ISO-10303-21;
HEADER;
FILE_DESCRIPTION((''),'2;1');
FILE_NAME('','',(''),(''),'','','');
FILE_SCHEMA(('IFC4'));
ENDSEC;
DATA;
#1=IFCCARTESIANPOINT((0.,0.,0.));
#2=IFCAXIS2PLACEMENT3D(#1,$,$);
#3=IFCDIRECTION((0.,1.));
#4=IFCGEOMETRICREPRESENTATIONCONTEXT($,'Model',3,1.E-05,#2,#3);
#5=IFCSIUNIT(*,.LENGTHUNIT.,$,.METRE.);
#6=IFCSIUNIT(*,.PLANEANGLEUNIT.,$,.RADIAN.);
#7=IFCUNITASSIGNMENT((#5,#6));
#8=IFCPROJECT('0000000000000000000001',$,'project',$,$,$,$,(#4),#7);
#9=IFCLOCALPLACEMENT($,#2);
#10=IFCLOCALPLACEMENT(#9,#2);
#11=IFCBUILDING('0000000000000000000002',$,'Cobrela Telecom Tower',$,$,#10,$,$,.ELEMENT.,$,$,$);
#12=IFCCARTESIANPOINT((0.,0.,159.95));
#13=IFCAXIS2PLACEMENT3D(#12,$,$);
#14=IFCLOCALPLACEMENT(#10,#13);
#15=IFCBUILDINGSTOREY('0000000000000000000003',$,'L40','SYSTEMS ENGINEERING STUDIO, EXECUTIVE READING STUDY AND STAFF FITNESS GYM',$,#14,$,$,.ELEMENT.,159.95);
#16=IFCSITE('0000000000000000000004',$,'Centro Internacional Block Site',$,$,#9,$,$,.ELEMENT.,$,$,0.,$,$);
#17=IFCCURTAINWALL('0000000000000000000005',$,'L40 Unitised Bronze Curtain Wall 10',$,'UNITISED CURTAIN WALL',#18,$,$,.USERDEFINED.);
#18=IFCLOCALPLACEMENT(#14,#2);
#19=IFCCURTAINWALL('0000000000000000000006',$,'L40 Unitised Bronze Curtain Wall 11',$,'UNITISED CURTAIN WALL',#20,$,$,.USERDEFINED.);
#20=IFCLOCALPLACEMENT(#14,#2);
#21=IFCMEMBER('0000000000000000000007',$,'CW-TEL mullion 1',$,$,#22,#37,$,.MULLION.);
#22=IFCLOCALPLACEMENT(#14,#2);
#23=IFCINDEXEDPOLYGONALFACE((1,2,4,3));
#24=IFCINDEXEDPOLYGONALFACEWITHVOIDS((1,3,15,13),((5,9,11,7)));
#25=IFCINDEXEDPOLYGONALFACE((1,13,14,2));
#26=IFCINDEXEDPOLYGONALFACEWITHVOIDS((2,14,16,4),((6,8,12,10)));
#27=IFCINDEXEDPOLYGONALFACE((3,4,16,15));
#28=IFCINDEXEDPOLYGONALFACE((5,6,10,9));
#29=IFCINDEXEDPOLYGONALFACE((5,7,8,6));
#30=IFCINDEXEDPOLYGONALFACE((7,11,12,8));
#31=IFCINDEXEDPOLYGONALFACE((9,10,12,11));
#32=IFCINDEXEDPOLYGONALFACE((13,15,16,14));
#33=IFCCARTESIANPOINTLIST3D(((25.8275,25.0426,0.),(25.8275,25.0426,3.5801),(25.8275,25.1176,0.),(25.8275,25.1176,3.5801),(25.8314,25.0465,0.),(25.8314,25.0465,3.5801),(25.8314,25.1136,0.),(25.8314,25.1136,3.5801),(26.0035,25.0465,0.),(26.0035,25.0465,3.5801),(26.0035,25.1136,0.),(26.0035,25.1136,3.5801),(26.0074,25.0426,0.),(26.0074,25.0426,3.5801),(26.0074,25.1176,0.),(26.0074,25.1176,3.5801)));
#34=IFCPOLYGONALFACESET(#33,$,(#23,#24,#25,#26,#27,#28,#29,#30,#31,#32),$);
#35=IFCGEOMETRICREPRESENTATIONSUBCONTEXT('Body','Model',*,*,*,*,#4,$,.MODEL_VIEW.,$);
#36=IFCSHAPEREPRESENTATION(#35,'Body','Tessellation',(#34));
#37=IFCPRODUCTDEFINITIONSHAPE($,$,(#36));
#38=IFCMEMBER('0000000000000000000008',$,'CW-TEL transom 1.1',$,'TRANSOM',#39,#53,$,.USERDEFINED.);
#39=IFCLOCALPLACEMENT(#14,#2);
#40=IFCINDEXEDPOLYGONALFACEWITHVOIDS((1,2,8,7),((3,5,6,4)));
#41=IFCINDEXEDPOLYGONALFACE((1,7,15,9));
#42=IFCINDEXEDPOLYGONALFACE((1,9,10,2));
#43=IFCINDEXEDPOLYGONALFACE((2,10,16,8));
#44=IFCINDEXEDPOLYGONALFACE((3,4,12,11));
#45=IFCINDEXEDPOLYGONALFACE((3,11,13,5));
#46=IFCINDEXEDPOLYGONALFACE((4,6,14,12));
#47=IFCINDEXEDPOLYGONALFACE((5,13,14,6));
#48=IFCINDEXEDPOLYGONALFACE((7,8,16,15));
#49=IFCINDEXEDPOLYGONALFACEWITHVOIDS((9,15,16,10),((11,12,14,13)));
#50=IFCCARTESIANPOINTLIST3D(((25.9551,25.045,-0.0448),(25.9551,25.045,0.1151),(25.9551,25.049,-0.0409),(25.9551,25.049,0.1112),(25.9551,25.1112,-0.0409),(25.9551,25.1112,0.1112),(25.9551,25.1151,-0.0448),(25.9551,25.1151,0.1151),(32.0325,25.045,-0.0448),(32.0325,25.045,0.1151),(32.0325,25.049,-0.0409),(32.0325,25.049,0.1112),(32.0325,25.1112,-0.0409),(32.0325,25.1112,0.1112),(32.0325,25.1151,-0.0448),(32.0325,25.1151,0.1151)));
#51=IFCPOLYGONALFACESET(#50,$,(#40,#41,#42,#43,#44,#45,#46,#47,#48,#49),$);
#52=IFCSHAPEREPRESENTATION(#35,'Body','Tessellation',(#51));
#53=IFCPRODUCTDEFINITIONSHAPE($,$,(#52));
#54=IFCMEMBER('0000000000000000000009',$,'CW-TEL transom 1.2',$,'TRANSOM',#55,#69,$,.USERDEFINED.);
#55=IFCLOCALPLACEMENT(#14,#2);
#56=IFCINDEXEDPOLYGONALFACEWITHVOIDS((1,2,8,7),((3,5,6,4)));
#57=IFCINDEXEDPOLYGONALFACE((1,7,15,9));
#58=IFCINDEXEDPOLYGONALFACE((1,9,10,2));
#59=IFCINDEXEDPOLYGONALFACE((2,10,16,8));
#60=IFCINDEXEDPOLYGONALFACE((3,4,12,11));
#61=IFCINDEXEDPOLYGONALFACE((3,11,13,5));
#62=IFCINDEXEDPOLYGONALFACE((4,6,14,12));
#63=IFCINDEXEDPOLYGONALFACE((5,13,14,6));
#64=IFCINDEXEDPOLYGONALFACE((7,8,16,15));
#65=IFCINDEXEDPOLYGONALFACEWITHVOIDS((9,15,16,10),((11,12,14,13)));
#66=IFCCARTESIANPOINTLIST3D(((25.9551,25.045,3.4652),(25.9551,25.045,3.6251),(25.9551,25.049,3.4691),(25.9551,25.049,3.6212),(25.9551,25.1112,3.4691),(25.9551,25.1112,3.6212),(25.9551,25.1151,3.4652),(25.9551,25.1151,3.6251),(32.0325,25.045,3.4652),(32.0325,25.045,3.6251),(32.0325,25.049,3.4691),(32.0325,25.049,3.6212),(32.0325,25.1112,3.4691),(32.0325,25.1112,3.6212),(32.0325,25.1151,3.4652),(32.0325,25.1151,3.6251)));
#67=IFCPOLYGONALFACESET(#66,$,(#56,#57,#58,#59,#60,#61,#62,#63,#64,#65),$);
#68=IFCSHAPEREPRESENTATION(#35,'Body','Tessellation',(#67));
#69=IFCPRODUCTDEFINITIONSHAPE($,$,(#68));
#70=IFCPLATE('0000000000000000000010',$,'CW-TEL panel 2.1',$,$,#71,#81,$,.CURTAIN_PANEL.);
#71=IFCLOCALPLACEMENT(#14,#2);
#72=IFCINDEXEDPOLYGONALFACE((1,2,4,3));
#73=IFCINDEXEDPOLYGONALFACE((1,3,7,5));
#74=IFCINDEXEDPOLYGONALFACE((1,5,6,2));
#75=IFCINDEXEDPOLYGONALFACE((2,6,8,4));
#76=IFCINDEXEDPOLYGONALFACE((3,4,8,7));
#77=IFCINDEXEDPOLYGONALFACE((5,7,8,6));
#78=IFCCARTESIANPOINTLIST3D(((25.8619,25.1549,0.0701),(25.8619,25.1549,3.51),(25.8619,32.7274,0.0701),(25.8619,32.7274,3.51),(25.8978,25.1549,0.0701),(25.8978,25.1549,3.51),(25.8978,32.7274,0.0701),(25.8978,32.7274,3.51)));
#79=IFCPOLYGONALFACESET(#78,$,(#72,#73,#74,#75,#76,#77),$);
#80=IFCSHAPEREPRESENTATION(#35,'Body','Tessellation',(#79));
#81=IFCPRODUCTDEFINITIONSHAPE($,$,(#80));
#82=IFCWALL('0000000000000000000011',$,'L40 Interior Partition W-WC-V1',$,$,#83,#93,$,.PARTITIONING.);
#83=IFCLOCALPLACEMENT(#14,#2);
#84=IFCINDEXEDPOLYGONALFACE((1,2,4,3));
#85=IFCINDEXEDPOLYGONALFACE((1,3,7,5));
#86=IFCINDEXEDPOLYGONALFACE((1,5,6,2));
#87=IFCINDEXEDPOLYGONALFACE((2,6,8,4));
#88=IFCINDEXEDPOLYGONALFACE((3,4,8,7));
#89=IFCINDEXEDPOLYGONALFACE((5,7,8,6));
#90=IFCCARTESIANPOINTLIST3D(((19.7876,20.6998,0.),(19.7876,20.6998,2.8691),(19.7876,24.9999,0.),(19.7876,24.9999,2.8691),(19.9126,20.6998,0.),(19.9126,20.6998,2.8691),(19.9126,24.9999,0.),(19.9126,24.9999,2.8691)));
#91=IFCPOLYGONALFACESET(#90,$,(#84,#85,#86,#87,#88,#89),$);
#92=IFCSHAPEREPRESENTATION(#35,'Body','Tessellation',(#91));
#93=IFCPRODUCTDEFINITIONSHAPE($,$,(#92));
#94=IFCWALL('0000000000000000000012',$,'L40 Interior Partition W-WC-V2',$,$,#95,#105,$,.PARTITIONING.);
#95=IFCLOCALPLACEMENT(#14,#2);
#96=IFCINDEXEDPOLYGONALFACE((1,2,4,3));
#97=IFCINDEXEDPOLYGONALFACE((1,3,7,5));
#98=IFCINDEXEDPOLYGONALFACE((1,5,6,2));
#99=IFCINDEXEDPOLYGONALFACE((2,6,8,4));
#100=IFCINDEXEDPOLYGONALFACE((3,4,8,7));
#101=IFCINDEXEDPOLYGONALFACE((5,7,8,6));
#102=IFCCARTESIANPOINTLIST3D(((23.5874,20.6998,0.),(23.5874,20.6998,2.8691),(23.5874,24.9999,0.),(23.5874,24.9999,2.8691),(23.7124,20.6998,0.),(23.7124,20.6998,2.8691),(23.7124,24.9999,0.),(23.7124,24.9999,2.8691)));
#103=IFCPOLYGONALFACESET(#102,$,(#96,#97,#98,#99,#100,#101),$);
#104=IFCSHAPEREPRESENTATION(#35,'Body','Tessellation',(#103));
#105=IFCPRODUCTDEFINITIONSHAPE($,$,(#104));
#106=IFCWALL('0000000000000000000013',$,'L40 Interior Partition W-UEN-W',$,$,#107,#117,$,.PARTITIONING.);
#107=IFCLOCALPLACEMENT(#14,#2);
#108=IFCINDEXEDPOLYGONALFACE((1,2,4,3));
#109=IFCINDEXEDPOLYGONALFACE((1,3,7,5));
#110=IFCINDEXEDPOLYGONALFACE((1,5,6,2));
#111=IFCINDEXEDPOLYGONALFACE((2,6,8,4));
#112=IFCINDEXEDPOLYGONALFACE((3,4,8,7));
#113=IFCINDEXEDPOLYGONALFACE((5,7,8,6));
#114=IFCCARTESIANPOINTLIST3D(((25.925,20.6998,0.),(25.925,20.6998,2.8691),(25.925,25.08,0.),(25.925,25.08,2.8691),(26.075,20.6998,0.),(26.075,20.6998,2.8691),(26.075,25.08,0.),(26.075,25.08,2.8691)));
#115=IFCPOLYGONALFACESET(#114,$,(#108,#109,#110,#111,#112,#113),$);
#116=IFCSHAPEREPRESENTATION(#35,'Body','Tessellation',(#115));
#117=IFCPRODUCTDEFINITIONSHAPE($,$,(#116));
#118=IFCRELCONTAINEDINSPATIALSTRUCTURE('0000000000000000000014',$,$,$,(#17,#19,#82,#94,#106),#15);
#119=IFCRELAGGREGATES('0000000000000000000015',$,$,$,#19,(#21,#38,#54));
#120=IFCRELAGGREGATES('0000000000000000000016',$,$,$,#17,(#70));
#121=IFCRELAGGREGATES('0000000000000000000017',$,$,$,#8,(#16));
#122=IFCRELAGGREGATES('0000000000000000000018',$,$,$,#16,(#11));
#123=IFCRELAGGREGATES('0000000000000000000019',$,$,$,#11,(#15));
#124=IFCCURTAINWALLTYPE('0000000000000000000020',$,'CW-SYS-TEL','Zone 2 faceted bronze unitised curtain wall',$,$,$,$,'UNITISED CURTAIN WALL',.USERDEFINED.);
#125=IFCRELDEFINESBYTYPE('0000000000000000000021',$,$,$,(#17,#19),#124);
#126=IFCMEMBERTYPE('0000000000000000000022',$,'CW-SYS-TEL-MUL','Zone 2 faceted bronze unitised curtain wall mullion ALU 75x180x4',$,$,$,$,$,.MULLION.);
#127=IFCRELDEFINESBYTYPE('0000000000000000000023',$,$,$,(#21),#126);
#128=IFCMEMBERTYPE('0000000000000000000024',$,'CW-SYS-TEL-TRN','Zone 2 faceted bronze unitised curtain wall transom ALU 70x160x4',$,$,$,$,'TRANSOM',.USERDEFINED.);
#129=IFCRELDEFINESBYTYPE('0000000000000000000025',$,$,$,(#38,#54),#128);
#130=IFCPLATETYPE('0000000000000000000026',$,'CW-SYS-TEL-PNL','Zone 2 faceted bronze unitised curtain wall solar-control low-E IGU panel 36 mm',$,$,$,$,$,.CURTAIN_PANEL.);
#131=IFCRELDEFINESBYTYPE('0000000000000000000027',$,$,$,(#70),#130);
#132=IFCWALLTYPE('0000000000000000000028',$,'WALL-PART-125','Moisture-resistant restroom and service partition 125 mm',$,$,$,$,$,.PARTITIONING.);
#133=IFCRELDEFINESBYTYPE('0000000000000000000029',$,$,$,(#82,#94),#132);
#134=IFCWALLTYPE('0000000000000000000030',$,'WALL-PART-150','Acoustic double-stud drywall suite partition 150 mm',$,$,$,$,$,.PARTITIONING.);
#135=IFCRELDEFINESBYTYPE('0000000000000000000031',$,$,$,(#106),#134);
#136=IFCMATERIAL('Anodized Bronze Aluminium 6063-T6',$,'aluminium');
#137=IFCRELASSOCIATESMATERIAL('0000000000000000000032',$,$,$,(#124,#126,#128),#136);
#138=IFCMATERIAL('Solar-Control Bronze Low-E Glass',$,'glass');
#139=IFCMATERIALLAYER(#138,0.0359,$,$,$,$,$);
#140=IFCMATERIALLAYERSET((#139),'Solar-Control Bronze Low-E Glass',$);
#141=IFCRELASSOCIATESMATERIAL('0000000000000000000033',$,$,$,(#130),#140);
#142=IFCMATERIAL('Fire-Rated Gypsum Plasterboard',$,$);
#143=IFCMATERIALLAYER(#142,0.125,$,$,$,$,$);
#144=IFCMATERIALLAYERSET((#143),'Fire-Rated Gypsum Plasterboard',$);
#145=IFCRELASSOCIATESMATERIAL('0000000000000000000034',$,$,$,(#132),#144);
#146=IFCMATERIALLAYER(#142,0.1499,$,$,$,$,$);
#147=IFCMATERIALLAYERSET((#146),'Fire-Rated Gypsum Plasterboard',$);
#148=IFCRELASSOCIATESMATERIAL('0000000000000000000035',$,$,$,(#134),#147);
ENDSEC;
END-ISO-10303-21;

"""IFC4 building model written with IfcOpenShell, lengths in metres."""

from ifc_helpers import new_model, si_unit, direction, frame, frame_2d, origin, origin_2d, place, context, subcontext, project, spatial, rectangle, hollow_rectangle, extrude, material, layer, layer_set, material_profile, profile_set, type_object, element, aggregate, save


model = new_model("IFC4")

# Units and contexts
model_context = context("Model", 3, precision=1e-05, world=origin(), true_north=direction((0.0, 1.0)))
body_context = subcontext(model_context, "Body", "Model", "MODEL_VIEW")
ifc_project = project(units=[si_unit("LENGTHUNIT", "METRE"), si_unit("PLANEANGLEUNIT", "RADIAN")], contexts=[model_context])

# Site, building, storey
site_placement = place(None, origin())
site = spatial("IfcSite", under=ifc_project, at=site_placement, Name="Centro Internacional Block Site", CompositionType="ELEMENT", RefElevation=0.0)
building_placement = place(site_placement, origin())
building = spatial("IfcBuilding", under=site, at=building_placement, Name="Cobrela Telecom Tower", CompositionType="ELEMENT")
storey_placement = place(building_placement, frame((0.0, 0.0, 159.95)))
storey = spatial("IfcBuildingStorey", under=building, at=storey_placement, Name="L40", Description="SYSTEMS ENGINEERING STUDIO, EXECUTIVE READING STUDY AND STAFF FITNESS GYM", CompositionType="ELEMENT", Elevation=159.95)

# Curtain wall
ifc_material_1 = material(Name="Anodized Bronze Aluminium 6063-T6", Category="aluminium")
curtain_wall_type = type_object("IfcCurtainWallType", Name="CW-SYS-TEL", Description="Zone 2 faceted bronze unitised curtain wall", ElementType="UNITISED CURTAIN WALL", PredefinedType="USERDEFINED", material=ifc_material_1)
curtain_wall_1_placement = place(storey_placement, origin())
curtain_wall_1 = element("IfcCurtainWall", 1, at=curtain_wall_1_placement, inside=storey, type_object=curtain_wall_type, Name="L40 Unitised Bronze Curtain Wall 10", ObjectType="UNITISED CURTAIN WALL", PredefinedType="USERDEFINED")
ifc_material_profile_1 = material_profile(ifc_material_1, hollow_rectangle(XDim=0.075, YDim=0.1799, WallThickness=0.0039, at=origin_2d()), Name="ALU 75x180x4")
ifc_profile_set_1 = profile_set([ifc_material_profile_1], Name="Anodized Bronze Aluminium 6063-T6")
member_type_1 = type_object("IfcMemberType", Name="CW-SYS-TEL-MUL", Description="Zone 2 faceted bronze unitised curtain wall mullion ALU 75x180x4", PredefinedType="MULLION", material=ifc_profile_set_1)

# Curtain wall, members
curtain_wall_2_placement = place(storey_placement, origin())
curtain_wall_2 = element("IfcCurtainWall", 2, at=curtain_wall_2_placement, inside=storey, type_object=curtain_wall_type, Name="L40 Unitised Bronze Curtain Wall 11", ObjectType="UNITISED CURTAIN WALL", PredefinedType="USERDEFINED")
member_1_placement = place(storey_placement, frame((25.9175, 25.0801, 0.0), z_axis=(0.0, 0.0, 1.0), x_axis=(0.0, 1.0, 0.0)))
member_1 = element("IfcMember", 3, at=member_1_placement, type_object=member_type_1, Name="CW-TEL mullion 1", PredefinedType="MULLION", context=body_context, shape_type="SweptSolid", body=[
    extrude(hollow_rectangle(XDim=0.075, YDim=0.1799, WallThickness=0.0039, at=origin_2d()), origin(), (0.0, 0.0, 1.0), 3.5801),
])
ifc_material_profile_2 = material_profile(ifc_material_1, hollow_rectangle(XDim=0.0701, YDim=0.1599, WallThickness=0.0039, at=origin_2d()), Name="ALU 70x160x4")
ifc_profile_set_2 = profile_set([ifc_material_profile_2], Name="Anodized Bronze Aluminium 6063-T6")
member_type_2 = type_object("IfcMemberType", Name="CW-SYS-TEL-TRN", Description="Zone 2 faceted bronze unitised curtain wall transom ALU 70x160x4", ElementType="TRANSOM", PredefinedType="USERDEFINED", material=ifc_profile_set_2)
member_2_placement = place(storey_placement, frame((25.9551, 25.0801, 0.0352), z_axis=(1.0, 0.0, 0.0), x_axis=(0.0, 1.0, 0.0)))
member_2 = element("IfcMember", 4, at=member_2_placement, type_object=member_type_2, Name="CW-TEL transom 1.1", ObjectType="TRANSOM", PredefinedType="USERDEFINED", context=body_context, shape_type="SweptSolid", body=[
    extrude(hollow_rectangle(XDim=0.0701, YDim=0.1599, WallThickness=0.0039, at=origin_2d()), origin(), (0.0, 0.0, 1.0), 6.0774),
])
member_3_placement = place(storey_placement, frame((25.9551, 25.0801, 3.5452), z_axis=(1.0, 0.0, 0.0), x_axis=(0.0, 1.0, 0.0)))
member_3 = element("IfcMember", 5, at=member_3_placement, type_object=member_type_2, Name="CW-TEL transom 1.2", ObjectType="TRANSOM", PredefinedType="USERDEFINED", context=body_context, shape_type="SweptSolid", body=[
    extrude(hollow_rectangle(XDim=0.0701, YDim=0.1599, WallThickness=0.0039, at=origin_2d()), origin(), (0.0, 0.0, 1.0), 6.0774),
])
aggregate(curtain_wall_2, [member_1, member_2, member_3])

# Plate
ifc_material_2 = material(Name="Solar-Control Bronze Low-E Glass", Category="glass")
ifc_layer_1 = layer(ifc_material_2, 0.0359)
ifc_layer_set_1 = layer_set([ifc_layer_1], Name="Solar-Control Bronze Low-E Glass")
plate_type = type_object("IfcPlateType", Name="CW-SYS-TEL-PNL", Description="Zone 2 faceted bronze unitised curtain wall solar-control low-E IGU panel 36 mm", PredefinedType="CURTAIN_PANEL", material=ifc_layer_set_1)
plate_placement = place(storey_placement, frame((25.8799, 28.9412, 0.0701), z_axis=(0.0, 0.0, 1.0), x_axis=(0.0, -1.0, 0.0)))
plate = element("IfcPlate", 6, at=plate_placement, type_object=plate_type, Name="CW-TEL panel 2.1", PredefinedType="CURTAIN_PANEL", context=body_context, shape_type="SweptSolid", body=[
    extrude(rectangle(XDim=7.5725, YDim=0.0359, at=origin_2d()), origin(), (0.0, 0.0, 1.0), 3.4399),
])
aggregate(curtain_wall_1, [plate])

# Walls
ifc_material_3 = material(Name="Fire-Rated Gypsum Plasterboard")
ifc_layer_2 = layer(ifc_material_3, 0.125)
ifc_layer_set_2 = layer_set([ifc_layer_2], Name="Fire-Rated Gypsum Plasterboard")
wall_type_1 = type_object("IfcWallType", Name="WALL-PART-125", Description="Moisture-resistant restroom and service partition 125 mm", PredefinedType="PARTITIONING", material=ifc_layer_set_2)
for number, where, z_axis, x_axis, name in (
    (7, (19.8501, 20.7, 0.0), (0.0, 0.0, 1.0), (0.0, 1.0, 0.0), "L40 Interior Partition W-WC-V1"),
    (8, (23.6499, 20.7, 0.0), (0.0, 0.0, 1.0), (0.0, 1.0, 0.0), "L40 Interior Partition W-WC-V2"),
):
    element("IfcWall", number, at=place(storey_placement, frame(where, z_axis=z_axis, x_axis=x_axis)), inside=storey, type_object=wall_type_1, Name=name, PredefinedType="PARTITIONING", context=body_context, shape_type="SweptSolid", body=[
        extrude(rectangle(XDim=4.3, YDim=0.125, at=frame_2d((2.1499, 0.0))), origin(), (0.0, 0.0, 1.0), 2.8691),
    ])
ifc_layer_3 = layer(ifc_material_3, 0.1499)
ifc_layer_set_3 = layer_set([ifc_layer_3], Name="Fire-Rated Gypsum Plasterboard")
wall_type_2 = type_object("IfcWallType", Name="WALL-PART-150", Description="Acoustic double-stud drywall suite partition 150 mm", PredefinedType="PARTITIONING", material=ifc_layer_set_3)
wall_placement = place(storey_placement, frame((26.0, 20.7, 0.0), z_axis=(0.0, 0.0, 1.0), x_axis=(0.0, 1.0, 0.0)))
element("IfcWall", 9, at=wall_placement, inside=storey, type_object=wall_type_2, Name="L40 Interior Partition W-UEN-W", PredefinedType="PARTITIONING", context=body_context, shape_type="SweptSolid", body=[
    extrude(rectangle(XDim=4.3801, YDim=0.1499, at=frame_2d((2.1899, 0.0))), origin(), (0.0, 0.0, 1.0), 2.8691),
])

save(model, "model.ifc")
